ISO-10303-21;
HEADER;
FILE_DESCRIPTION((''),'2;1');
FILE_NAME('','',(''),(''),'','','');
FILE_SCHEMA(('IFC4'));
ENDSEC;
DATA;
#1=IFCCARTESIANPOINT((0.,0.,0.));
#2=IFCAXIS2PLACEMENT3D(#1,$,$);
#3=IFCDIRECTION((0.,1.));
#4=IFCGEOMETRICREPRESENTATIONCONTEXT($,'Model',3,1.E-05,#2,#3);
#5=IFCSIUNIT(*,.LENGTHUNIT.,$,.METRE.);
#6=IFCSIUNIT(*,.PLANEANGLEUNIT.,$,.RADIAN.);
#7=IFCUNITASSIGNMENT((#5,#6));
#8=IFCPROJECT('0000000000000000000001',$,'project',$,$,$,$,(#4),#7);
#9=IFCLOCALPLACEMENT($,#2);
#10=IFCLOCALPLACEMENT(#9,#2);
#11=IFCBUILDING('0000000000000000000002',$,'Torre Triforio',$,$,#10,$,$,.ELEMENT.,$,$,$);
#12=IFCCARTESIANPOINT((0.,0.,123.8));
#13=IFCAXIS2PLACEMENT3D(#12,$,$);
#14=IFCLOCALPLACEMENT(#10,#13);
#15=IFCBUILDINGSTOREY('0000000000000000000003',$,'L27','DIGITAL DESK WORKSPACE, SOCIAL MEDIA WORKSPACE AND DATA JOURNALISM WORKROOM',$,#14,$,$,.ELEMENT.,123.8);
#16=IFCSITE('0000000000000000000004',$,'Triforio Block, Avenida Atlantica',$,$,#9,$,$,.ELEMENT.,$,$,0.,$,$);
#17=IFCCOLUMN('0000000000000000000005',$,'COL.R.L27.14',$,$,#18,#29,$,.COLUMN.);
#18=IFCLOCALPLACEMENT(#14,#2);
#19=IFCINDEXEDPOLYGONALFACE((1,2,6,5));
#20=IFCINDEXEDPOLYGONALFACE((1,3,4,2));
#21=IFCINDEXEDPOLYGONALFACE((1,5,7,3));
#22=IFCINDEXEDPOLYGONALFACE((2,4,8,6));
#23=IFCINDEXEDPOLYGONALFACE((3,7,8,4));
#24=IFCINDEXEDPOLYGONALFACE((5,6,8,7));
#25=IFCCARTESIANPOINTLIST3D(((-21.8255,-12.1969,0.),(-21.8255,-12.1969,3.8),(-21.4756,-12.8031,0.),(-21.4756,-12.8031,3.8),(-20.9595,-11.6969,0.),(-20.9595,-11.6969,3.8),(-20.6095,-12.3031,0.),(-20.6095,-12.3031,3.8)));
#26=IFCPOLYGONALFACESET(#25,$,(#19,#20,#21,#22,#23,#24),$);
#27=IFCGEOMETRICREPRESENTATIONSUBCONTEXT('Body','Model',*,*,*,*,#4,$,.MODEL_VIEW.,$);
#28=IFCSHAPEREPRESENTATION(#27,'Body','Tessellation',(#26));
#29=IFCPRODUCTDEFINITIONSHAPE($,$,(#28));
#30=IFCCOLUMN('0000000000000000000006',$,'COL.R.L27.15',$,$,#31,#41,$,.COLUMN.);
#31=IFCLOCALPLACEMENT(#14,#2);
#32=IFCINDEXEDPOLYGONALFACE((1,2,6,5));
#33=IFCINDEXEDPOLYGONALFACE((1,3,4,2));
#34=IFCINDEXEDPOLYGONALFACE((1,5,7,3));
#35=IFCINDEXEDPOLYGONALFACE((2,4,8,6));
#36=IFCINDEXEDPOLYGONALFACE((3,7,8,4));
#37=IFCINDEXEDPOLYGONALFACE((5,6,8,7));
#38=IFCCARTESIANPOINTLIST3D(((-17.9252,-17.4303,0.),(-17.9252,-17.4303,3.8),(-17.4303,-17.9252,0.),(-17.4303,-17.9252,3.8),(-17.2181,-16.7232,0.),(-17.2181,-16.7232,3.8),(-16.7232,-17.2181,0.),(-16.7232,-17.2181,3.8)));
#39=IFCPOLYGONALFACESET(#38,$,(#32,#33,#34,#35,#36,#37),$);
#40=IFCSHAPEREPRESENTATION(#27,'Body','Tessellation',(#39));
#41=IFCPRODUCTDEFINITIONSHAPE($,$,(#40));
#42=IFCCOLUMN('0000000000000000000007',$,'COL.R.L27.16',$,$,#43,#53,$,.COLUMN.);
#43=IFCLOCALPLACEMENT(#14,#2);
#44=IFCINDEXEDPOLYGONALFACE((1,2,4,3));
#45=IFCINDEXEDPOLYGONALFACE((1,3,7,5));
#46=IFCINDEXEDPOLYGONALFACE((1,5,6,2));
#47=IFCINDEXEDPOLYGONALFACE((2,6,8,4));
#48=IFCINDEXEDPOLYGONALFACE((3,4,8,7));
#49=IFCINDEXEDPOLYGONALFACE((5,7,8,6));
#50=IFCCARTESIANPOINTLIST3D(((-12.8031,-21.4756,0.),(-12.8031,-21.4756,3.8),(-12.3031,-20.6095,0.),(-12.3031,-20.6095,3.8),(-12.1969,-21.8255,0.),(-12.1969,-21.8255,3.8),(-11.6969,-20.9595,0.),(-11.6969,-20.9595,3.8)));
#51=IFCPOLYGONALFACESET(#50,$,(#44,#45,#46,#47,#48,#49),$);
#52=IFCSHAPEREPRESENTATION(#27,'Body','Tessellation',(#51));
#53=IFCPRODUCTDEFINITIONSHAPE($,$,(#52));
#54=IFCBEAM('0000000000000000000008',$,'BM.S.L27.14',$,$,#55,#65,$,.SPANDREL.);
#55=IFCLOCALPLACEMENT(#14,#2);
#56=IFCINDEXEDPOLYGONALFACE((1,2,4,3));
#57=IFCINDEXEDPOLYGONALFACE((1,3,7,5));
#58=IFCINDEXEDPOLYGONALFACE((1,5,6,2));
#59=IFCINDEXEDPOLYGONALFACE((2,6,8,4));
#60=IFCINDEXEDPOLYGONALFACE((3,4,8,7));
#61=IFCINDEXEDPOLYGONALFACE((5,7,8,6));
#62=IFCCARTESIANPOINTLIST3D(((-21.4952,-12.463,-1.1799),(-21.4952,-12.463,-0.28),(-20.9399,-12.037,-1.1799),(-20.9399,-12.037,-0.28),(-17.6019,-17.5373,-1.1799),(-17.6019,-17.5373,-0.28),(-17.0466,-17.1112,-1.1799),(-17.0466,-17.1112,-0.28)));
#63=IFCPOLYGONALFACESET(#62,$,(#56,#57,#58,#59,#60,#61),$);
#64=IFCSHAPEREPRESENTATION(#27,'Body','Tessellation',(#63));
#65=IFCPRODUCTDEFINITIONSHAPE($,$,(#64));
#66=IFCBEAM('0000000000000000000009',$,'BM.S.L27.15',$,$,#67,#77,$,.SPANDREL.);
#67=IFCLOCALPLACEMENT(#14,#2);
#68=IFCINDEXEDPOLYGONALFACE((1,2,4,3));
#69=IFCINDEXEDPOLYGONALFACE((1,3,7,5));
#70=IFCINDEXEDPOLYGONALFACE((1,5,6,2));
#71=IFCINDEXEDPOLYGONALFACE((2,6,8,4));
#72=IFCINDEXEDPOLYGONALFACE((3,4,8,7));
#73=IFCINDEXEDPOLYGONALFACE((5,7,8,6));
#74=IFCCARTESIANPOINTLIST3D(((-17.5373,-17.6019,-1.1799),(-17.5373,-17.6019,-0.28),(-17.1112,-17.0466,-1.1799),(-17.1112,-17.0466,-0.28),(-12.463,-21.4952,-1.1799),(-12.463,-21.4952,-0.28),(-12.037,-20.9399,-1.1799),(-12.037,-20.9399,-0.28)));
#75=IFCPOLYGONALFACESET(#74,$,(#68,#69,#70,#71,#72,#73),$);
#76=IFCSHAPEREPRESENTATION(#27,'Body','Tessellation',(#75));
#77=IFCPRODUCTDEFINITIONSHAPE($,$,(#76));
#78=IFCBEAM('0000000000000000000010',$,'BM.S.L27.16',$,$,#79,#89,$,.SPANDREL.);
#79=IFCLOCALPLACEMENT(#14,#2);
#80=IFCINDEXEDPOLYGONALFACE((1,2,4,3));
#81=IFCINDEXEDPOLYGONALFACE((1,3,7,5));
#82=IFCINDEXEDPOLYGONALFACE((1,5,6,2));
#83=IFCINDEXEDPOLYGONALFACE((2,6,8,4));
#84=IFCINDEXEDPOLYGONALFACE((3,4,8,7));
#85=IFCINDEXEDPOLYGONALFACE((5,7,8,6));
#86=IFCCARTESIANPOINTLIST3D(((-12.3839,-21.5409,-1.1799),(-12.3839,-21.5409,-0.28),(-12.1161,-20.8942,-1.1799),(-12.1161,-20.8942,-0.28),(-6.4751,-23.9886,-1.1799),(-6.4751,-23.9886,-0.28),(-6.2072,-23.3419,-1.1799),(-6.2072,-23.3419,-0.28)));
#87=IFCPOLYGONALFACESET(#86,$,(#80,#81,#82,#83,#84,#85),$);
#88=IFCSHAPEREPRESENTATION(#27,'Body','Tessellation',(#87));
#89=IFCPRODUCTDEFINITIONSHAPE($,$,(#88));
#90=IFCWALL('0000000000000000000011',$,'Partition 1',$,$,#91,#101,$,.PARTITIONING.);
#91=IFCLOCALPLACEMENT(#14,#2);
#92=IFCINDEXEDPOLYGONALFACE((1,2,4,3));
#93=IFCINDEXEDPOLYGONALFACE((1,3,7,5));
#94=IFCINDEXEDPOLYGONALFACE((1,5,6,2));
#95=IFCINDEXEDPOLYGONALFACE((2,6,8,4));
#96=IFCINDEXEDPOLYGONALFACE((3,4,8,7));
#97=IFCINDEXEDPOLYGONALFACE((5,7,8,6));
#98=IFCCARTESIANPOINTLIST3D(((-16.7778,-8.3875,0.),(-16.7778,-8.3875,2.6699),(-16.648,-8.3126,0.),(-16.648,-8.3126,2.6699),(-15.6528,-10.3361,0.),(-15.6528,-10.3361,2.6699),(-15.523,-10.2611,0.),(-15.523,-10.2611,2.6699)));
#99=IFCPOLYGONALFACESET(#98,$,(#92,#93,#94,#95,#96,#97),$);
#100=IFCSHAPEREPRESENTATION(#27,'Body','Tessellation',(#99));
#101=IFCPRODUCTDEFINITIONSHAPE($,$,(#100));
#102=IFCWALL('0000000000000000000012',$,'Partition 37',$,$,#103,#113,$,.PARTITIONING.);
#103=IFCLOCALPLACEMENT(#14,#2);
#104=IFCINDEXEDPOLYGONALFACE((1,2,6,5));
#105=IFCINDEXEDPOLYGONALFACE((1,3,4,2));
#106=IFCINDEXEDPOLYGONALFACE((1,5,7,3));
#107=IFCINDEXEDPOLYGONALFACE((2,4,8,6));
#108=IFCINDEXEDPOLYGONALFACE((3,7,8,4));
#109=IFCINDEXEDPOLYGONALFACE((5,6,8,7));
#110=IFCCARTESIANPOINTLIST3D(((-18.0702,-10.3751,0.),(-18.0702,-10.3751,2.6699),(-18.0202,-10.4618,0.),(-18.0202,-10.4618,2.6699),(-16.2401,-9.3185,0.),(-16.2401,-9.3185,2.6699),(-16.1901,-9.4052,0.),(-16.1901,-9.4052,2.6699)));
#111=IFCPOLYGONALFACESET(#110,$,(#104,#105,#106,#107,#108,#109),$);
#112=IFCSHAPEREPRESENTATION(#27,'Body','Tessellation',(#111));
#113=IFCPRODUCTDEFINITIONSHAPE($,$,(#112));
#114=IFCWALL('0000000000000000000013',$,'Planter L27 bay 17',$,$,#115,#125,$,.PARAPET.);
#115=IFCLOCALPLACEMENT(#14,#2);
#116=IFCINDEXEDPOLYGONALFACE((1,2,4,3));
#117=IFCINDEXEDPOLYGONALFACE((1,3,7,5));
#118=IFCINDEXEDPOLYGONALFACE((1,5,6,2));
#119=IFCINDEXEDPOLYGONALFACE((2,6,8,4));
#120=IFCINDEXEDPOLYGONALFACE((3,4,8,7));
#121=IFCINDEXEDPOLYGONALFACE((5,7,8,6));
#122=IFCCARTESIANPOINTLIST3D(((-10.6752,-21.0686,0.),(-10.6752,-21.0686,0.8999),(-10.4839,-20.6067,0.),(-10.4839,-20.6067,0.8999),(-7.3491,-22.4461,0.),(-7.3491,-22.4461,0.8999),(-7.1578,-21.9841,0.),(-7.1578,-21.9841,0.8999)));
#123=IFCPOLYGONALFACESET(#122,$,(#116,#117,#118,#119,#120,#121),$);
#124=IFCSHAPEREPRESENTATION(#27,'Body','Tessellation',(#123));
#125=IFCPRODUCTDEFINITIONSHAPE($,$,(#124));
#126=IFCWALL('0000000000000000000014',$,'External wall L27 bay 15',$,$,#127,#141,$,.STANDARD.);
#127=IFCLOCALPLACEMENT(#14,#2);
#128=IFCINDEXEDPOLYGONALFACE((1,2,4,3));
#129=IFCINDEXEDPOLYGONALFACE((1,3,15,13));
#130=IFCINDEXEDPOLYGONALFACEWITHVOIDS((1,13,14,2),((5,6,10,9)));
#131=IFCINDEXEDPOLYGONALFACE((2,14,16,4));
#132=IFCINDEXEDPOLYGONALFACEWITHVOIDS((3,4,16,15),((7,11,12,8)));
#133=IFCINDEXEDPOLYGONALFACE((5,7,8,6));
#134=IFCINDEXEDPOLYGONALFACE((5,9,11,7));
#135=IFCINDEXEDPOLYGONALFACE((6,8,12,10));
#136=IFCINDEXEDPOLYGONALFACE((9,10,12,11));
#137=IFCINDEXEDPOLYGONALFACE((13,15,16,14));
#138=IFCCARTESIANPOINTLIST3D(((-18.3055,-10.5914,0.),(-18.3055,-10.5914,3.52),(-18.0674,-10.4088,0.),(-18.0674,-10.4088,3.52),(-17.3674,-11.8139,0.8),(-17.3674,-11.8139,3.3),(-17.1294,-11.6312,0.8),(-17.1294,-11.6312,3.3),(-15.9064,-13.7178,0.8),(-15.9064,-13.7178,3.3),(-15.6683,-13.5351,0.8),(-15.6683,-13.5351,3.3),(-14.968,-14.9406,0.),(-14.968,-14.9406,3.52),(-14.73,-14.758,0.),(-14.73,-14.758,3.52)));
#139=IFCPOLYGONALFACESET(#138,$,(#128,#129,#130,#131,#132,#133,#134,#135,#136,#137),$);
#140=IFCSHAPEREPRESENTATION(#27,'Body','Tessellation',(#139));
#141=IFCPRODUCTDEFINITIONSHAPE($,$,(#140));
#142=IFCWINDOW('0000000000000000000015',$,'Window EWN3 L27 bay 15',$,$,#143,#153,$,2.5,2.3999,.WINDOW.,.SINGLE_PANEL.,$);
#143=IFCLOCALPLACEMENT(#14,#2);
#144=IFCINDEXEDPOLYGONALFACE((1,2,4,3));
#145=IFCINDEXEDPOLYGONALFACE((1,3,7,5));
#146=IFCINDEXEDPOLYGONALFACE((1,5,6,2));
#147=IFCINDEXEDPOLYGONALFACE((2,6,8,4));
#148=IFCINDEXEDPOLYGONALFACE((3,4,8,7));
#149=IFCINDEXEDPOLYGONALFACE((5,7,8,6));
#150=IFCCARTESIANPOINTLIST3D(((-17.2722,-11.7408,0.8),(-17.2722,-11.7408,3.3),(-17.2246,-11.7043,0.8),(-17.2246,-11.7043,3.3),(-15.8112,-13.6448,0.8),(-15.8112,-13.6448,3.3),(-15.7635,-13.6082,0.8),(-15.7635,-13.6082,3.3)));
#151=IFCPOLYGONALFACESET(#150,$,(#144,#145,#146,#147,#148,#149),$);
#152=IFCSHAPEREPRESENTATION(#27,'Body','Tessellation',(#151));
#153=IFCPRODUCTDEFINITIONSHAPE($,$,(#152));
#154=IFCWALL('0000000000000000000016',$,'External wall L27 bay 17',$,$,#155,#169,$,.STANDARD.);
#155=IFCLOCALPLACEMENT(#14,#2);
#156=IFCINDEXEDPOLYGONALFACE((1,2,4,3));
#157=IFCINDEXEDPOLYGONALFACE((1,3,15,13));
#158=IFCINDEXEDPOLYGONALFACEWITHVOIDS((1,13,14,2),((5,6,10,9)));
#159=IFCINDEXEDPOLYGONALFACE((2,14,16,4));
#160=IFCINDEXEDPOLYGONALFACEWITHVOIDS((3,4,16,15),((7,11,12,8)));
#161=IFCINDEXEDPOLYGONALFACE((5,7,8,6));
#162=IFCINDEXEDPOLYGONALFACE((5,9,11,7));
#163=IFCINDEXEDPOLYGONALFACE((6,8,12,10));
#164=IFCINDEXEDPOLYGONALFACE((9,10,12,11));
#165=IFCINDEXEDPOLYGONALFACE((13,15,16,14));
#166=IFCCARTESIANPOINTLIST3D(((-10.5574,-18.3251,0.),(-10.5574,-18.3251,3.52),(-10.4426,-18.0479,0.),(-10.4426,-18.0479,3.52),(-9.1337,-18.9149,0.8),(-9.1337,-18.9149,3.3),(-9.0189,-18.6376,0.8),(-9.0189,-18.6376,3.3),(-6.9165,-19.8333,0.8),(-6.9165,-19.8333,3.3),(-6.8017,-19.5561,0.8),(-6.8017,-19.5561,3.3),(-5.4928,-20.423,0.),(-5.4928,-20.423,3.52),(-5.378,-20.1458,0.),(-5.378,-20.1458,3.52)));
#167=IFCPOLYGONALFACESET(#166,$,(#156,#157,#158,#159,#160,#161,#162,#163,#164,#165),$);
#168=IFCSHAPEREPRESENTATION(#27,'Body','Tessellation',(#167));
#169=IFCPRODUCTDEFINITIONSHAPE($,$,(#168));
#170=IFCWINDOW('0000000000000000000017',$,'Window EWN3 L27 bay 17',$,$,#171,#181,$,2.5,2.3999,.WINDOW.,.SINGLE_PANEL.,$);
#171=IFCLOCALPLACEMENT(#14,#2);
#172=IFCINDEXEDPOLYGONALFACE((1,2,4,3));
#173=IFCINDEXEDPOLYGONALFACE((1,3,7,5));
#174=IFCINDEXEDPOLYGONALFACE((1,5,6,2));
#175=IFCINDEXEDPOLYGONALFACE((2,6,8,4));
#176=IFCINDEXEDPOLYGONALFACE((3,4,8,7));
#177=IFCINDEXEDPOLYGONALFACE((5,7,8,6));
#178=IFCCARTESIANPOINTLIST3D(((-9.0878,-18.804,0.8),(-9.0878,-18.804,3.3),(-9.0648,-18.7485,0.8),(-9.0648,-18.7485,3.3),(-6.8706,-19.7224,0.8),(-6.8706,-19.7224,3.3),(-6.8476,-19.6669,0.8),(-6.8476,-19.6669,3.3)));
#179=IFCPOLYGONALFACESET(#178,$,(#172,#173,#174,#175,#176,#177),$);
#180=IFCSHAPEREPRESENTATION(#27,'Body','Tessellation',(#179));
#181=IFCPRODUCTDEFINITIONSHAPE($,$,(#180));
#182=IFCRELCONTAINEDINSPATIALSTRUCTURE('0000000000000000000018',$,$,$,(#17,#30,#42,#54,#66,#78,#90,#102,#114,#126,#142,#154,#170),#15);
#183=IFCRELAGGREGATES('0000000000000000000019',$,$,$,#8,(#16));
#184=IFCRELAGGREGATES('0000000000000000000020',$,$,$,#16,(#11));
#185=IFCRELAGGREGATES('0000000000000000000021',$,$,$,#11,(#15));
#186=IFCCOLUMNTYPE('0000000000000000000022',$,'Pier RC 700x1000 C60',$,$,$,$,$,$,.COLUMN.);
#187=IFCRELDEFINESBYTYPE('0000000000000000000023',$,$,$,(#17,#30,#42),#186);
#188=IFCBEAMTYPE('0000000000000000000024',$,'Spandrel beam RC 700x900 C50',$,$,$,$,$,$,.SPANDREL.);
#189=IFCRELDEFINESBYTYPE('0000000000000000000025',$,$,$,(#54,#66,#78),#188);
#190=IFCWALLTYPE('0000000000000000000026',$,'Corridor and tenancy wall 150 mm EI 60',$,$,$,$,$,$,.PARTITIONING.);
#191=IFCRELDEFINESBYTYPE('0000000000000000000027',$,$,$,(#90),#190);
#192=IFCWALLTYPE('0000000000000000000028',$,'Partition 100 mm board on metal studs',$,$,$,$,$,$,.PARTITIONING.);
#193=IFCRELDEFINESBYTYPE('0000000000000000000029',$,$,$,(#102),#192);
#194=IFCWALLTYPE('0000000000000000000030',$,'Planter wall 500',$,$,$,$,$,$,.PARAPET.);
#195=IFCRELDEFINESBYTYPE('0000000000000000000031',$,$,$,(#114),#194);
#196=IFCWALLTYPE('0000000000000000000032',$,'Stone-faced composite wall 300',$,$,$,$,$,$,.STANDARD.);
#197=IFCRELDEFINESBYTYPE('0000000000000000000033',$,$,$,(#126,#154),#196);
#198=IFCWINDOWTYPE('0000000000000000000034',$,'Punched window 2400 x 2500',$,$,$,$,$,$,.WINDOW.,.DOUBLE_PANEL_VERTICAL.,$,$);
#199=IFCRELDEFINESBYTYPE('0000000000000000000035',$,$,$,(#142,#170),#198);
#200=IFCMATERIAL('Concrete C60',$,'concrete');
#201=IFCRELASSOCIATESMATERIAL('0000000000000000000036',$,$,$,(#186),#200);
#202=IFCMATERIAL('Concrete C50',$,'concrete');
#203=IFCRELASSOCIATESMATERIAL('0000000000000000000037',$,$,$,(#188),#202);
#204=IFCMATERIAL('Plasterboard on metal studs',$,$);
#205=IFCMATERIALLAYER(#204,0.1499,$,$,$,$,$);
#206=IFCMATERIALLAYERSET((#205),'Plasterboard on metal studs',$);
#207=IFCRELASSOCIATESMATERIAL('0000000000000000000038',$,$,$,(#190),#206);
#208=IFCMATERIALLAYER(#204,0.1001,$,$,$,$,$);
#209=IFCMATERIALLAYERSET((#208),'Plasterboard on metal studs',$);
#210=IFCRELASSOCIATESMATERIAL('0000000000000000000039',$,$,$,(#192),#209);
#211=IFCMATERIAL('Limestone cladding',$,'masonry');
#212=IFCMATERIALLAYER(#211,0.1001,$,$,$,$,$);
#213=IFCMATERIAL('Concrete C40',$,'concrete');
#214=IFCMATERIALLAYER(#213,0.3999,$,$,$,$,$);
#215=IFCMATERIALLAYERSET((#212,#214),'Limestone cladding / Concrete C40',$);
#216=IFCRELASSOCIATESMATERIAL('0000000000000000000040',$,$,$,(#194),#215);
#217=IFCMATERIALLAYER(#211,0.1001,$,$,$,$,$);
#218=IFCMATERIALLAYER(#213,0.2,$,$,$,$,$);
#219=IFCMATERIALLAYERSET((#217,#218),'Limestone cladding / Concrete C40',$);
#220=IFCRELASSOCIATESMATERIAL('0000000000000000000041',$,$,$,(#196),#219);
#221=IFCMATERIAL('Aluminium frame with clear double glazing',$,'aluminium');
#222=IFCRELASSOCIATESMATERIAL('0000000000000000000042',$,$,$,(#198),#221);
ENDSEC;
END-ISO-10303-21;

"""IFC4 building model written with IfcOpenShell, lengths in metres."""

from ifc_helpers import new_model, si_unit, direction, frame, frame_2d, origin, origin_2d, place, context, subcontext, project, spatial, rectangle, extrude, material, layer, layer_set, material_profile, profile_set, type_object, element, fill, save


model = new_model("IFC4")

# Units and contexts
model_context = context("Model", 3, precision=1e-05, world=origin(), true_north=direction((0.0, 1.0)))
body_context = subcontext(model_context, "Body", "Model", "MODEL_VIEW")
ifc_project = project(units=[si_unit("LENGTHUNIT", "METRE"), si_unit("PLANEANGLEUNIT", "RADIAN")], contexts=[model_context])

# Site, building, storey
site_placement = place(None, origin())
site = spatial("IfcSite", under=ifc_project, at=site_placement, Name="Triforio Block, Avenida Atlantica", CompositionType="ELEMENT", RefElevation=0.0)
building_placement = place(site_placement, origin())
building = spatial("IfcBuilding", under=site, at=building_placement, Name="Torre Triforio", CompositionType="ELEMENT")
storey_placement = place(building_placement, frame((0.0, 0.0, 123.8)))
storey = spatial("IfcBuildingStorey", under=building, at=storey_placement, Name="L27", Description="DIGITAL DESK WORKSPACE, SOCIAL MEDIA WORKSPACE AND DATA JOURNALISM WORKROOM", CompositionType="ELEMENT", Elevation=123.8)

# Columns
ifc_material_1 = material(Name="Concrete C60", Category="concrete")
ifc_material_profile_1 = material_profile(ifc_material_1, rectangle(XDim=0.7, YDim=1.0, at=origin_2d()), Name="RC 700x1000")
ifc_profile_set_1 = profile_set([ifc_material_profile_1], Name="Concrete C60")
column_type = type_object("IfcColumnType", Name="Pier RC 700x1000 C60", PredefinedType="COLUMN", material=ifc_profile_set_1)
for number, where, z_axis, x_axis, name in (
    (1, (-21.2175, -12.25, 0.0), (0.0, 0.0, 1.0), (0.5, -0.866025, 0.0), "COL.R.L27.14"),
    (2, (-17.3242, -17.3242, 0.0), (0.0, 0.0, 1.0), (0.707107, -0.707107, 0.0), "COL.R.L27.15"),
    (3, (-12.25, -21.2175, 0.0), (0.0, 0.0, 1.0), (0.866025, -0.5, 0.0), "COL.R.L27.16"),
):
    element("IfcColumn", number, at=place(storey_placement, frame(where, z_axis=z_axis, x_axis=x_axis)), inside=storey, type_object=column_type, Name=name, PredefinedType="COLUMN", context=body_context, shape_type="SweptSolid", body=[
        extrude(rectangle(XDim=0.7, YDim=1.0, at=origin_2d()), origin(), (0.0, 0.0, 1.0), 3.8),
    ])

# Beams
ifc_material_2 = material(Name="Concrete C50", Category="concrete")
ifc_material_profile_2 = material_profile(ifc_material_2, rectangle(XDim=0.7, YDim=0.8999, at=origin_2d()), Name="RC 700x900")
ifc_profile_set_2 = profile_set([ifc_material_profile_2], Name="Concrete C50")
beam_type = type_object("IfcBeamType", Name="Spandrel beam RC 700x900 C50", PredefinedType="SPANDREL", material=ifc_profile_set_2)
for number, where, z_axis, x_axis, name in (
    (4, (-21.2175, -12.25, -0.73), (0.608734, -0.793374, 0.0), (0.793374, 0.608734, 0.0), "BM.S.L27.14"),
    (5, (-17.3242, -17.3242, -0.73), (0.793374, -0.608734, 0.0), (0.608734, 0.793374, 0.0), "BM.S.L27.15"),
    (6, (-12.25, -21.2175, -0.73), (0.923869, -0.382709, 0.0), (0.382709, 0.923869, 0.0), "BM.S.L27.16"),
):
    element("IfcBeam", number, at=place(storey_placement, frame(where, z_axis=z_axis, x_axis=x_axis)), inside=storey, type_object=beam_type, Name=name, PredefinedType="SPANDREL", context=body_context, shape_type="SweptSolid", body=[
        extrude(rectangle(XDim=0.7, YDim=0.8999, at=origin_2d()), origin(), (0.0, 0.0, 1.0), 6.3958),
    ])

# Walls
ifc_material_3 = material(Name="Plasterboard on metal studs")
ifc_layer_1 = layer(ifc_material_3, 0.1499)
ifc_layer_set_1 = layer_set([ifc_layer_1], Name="Plasterboard on metal studs")
wall_type_1 = type_object("IfcWallType", Name="Corridor and tenancy wall 150 mm EI 60", PredefinedType="PARTITIONING", material=ifc_layer_set_1)
wall_1_placement = place(storey_placement, frame((-15.5879, -10.2986, 0.0), z_axis=(0.0, 0.0, 1.0), x_axis=(-0.500014, 0.866018, 0.0)))
element("IfcWall", 7, at=wall_1_placement, inside=storey, type_object=wall_type_1, Name="Partition 1", PredefinedType="PARTITIONING", context=body_context, shape_type="SweptSolid", body=[
    extrude(rectangle(XDim=2.25, YDim=0.1499, at=frame_2d((1.125, 0.0))), origin(), (0.0, 0.0, 1.0), 2.6699),
])
ifc_layer_2 = layer(ifc_material_3, 0.1001)
ifc_layer_set_2 = layer_set([ifc_layer_2], Name="Plasterboard on metal studs")
wall_type_2 = type_object("IfcWallType", Name="Partition 100 mm board on metal studs", PredefinedType="PARTITIONING", material=ifc_layer_set_2)
wall_2_placement = place(storey_placement, frame((-16.2151, -9.3618, 0.0), z_axis=(0.0, 0.0, 1.0), x_axis=(-0.866016, -0.500016, 0.0)))
element("IfcWall", 8, at=wall_2_placement, inside=storey, type_object=wall_type_2, Name="Partition 37", PredefinedType="PARTITIONING", context=body_context, shape_type="SweptSolid", body=[
    extrude(rectangle(XDim=2.1133, YDim=0.1001, at=frame_2d((1.0566, 0.0))), origin(), (0.0, 0.0, 1.0), 2.6699),
])
ifc_material_4 = material(Name="Limestone cladding", Category="masonry")
ifc_layer_3 = layer(ifc_material_4, 0.1001)
ifc_material_5 = material(Name="Concrete C40", Category="concrete")
ifc_layer_4 = layer(ifc_material_5, 0.3999)
ifc_layer_set_3 = layer_set([ifc_layer_3, ifc_layer_4], Name="Limestone cladding / Concrete C40")
wall_type_3 = type_object("IfcWallType", Name="Planter wall 500", PredefinedType="PARAPET", material=ifc_layer_set_3)
wall_3_placement = place(storey_placement, frame((-10.5796, -20.8376, 0.0), z_axis=(0.0, 0.0, 1.0), x_axis=(0.923909, -0.382611, 0.0)))
element("IfcWall", 9, at=wall_3_placement, inside=storey, type_object=wall_type_3, Name="Planter L27 bay 17", PredefinedType="PARAPET", context=body_context, shape_type="SweptSolid", body=[
    extrude(rectangle(XDim=3.6001, YDim=0.5, at=frame_2d((1.8, 0.0))), origin(), (0.0, 0.0, 1.0), 0.8999),
])

# Wall, opening, window
ifc_layer_5 = layer(ifc_material_4, 0.1001)
ifc_layer_6 = layer(ifc_material_5, 0.2)
ifc_layer_set_4 = layer_set([ifc_layer_5, ifc_layer_6], Name="Limestone cladding / Concrete C40")
wall_type_4 = type_object("IfcWallType", Name="Stone-faced composite wall 300", PredefinedType="STANDARD", material=ifc_layer_set_4)
wall_4_placement = place(storey_placement, frame((-18.1865, -10.5, 0.0), z_axis=(0.0, 0.0, 1.0), x_axis=(0.608785, -0.793335, 0.0)))
wall_4 = element("IfcWall", 10, at=wall_4_placement, inside=storey, type_object=wall_type_4, Name="External wall L27 bay 15", PredefinedType="STANDARD", context=body_context, shape_type="SweptSolid", body=[
    extrude(rectangle(XDim=5.4822, YDim=0.3, at=frame_2d((2.7412, 0.0))), origin(), (0.0, 0.0, 1.0), 3.52),
])
opening_1_placement = place(wall_4_placement, frame((1.541, 0.0, 0.8)))
opening_1 = element("IfcOpeningElement", 11, at=opening_1_placement, cuts=wall_4, PredefinedType="OPENING", context=body_context, shape_type="SweptSolid", body=[
    extrude(rectangle(XDim=2.3999, YDim=2.5, at=frame_2d((1.2, 1.25))), frame((0.0, 0.1599, 0.0), z_axis=(0.0, -1.0, 0.0), x_axis=(1.0, 0.0, 0.0)), (0.0, 0.0, 1.0), 0.3201),
])
ifc_material_6 = material(Name="Aluminium frame with clear double glazing", Category="aluminium")
window_type_1 = type_object("IfcWindowType", Name="Punched window 2400 x 2500", PartitioningType="DOUBLE_PANEL_VERTICAL", PredefinedType="WINDOW", material=ifc_material_6)
window_1_placement = place(opening_1_placement, origin())
window_1 = element("IfcWindow", 12, at=window_1_placement, inside=storey, type_object=window_type_1, Name="Window EWN3 L27 bay 15", OverallHeight=2.5, OverallWidth=2.3999, PartitioningType="SINGLE_PANEL", PredefinedType="WINDOW", context=body_context, shape_type="SweptSolid", body=[
    extrude(rectangle(XDim=2.3999, YDim=2.5, at=frame_2d((1.2, 1.25))), frame((0.0, 0.03, 0.0), z_axis=(0.0, -1.0, 0.0), x_axis=(1.0, 0.0, 0.0)), (0.0, 0.0, 1.0), 0.0601),
])
fill(opening_1, window_1)

# Wall, opening, window
wall_5_placement = place(storey_placement, frame((-10.5, -18.1865, 0.0), z_axis=(0.0, 0.0, 1.0), x_axis=(0.923877, -0.382689, 0.0)))
wall_5 = element("IfcWall", 13, at=wall_5_placement, inside=storey, type_object=wall_type_4, Name="External wall L27 bay 17", PredefinedType="STANDARD", context=body_context, shape_type="SweptSolid", body=[
    extrude(rectangle(XDim=5.4819, YDim=0.3, at=frame_2d((2.741, 0.0))), origin(), (0.0, 0.0, 1.0), 3.52),
])
opening_2_placement = place(wall_5_placement, frame((1.541, 0.0, 0.8)))
opening_2 = element("IfcOpeningElement", 14, at=opening_2_placement, cuts=wall_5, PredefinedType="OPENING", context=body_context, shape_type="SweptSolid", body=[
    extrude(rectangle(XDim=2.3999, YDim=2.5, at=frame_2d((1.2, 1.25))), frame((0.0, 0.1599, 0.0), z_axis=(0.0, -1.0, 0.0), x_axis=(1.0, 0.0, 0.0)), (0.0, 0.0, 1.0), 0.3201),
])
window_2_placement = place(opening_2_placement, origin())
window_2 = element("IfcWindow", 15, at=window_2_placement, inside=storey, type_object=window_type_1, Name="Window EWN3 L27 bay 17", OverallHeight=2.5, OverallWidth=2.3999, PartitioningType="SINGLE_PANEL", PredefinedType="WINDOW", context=body_context, shape_type="SweptSolid", body=[
    extrude(rectangle(XDim=2.3999, YDim=2.5, at=frame_2d((1.2, 1.25))), frame((0.0, 0.03, 0.0), z_axis=(0.0, -1.0, 0.0), x_axis=(1.0, 0.0, 0.0)), (0.0, 0.0, 1.0), 0.0601),
])
fill(opening_2, window_2)

save(model, "model.ifc")
